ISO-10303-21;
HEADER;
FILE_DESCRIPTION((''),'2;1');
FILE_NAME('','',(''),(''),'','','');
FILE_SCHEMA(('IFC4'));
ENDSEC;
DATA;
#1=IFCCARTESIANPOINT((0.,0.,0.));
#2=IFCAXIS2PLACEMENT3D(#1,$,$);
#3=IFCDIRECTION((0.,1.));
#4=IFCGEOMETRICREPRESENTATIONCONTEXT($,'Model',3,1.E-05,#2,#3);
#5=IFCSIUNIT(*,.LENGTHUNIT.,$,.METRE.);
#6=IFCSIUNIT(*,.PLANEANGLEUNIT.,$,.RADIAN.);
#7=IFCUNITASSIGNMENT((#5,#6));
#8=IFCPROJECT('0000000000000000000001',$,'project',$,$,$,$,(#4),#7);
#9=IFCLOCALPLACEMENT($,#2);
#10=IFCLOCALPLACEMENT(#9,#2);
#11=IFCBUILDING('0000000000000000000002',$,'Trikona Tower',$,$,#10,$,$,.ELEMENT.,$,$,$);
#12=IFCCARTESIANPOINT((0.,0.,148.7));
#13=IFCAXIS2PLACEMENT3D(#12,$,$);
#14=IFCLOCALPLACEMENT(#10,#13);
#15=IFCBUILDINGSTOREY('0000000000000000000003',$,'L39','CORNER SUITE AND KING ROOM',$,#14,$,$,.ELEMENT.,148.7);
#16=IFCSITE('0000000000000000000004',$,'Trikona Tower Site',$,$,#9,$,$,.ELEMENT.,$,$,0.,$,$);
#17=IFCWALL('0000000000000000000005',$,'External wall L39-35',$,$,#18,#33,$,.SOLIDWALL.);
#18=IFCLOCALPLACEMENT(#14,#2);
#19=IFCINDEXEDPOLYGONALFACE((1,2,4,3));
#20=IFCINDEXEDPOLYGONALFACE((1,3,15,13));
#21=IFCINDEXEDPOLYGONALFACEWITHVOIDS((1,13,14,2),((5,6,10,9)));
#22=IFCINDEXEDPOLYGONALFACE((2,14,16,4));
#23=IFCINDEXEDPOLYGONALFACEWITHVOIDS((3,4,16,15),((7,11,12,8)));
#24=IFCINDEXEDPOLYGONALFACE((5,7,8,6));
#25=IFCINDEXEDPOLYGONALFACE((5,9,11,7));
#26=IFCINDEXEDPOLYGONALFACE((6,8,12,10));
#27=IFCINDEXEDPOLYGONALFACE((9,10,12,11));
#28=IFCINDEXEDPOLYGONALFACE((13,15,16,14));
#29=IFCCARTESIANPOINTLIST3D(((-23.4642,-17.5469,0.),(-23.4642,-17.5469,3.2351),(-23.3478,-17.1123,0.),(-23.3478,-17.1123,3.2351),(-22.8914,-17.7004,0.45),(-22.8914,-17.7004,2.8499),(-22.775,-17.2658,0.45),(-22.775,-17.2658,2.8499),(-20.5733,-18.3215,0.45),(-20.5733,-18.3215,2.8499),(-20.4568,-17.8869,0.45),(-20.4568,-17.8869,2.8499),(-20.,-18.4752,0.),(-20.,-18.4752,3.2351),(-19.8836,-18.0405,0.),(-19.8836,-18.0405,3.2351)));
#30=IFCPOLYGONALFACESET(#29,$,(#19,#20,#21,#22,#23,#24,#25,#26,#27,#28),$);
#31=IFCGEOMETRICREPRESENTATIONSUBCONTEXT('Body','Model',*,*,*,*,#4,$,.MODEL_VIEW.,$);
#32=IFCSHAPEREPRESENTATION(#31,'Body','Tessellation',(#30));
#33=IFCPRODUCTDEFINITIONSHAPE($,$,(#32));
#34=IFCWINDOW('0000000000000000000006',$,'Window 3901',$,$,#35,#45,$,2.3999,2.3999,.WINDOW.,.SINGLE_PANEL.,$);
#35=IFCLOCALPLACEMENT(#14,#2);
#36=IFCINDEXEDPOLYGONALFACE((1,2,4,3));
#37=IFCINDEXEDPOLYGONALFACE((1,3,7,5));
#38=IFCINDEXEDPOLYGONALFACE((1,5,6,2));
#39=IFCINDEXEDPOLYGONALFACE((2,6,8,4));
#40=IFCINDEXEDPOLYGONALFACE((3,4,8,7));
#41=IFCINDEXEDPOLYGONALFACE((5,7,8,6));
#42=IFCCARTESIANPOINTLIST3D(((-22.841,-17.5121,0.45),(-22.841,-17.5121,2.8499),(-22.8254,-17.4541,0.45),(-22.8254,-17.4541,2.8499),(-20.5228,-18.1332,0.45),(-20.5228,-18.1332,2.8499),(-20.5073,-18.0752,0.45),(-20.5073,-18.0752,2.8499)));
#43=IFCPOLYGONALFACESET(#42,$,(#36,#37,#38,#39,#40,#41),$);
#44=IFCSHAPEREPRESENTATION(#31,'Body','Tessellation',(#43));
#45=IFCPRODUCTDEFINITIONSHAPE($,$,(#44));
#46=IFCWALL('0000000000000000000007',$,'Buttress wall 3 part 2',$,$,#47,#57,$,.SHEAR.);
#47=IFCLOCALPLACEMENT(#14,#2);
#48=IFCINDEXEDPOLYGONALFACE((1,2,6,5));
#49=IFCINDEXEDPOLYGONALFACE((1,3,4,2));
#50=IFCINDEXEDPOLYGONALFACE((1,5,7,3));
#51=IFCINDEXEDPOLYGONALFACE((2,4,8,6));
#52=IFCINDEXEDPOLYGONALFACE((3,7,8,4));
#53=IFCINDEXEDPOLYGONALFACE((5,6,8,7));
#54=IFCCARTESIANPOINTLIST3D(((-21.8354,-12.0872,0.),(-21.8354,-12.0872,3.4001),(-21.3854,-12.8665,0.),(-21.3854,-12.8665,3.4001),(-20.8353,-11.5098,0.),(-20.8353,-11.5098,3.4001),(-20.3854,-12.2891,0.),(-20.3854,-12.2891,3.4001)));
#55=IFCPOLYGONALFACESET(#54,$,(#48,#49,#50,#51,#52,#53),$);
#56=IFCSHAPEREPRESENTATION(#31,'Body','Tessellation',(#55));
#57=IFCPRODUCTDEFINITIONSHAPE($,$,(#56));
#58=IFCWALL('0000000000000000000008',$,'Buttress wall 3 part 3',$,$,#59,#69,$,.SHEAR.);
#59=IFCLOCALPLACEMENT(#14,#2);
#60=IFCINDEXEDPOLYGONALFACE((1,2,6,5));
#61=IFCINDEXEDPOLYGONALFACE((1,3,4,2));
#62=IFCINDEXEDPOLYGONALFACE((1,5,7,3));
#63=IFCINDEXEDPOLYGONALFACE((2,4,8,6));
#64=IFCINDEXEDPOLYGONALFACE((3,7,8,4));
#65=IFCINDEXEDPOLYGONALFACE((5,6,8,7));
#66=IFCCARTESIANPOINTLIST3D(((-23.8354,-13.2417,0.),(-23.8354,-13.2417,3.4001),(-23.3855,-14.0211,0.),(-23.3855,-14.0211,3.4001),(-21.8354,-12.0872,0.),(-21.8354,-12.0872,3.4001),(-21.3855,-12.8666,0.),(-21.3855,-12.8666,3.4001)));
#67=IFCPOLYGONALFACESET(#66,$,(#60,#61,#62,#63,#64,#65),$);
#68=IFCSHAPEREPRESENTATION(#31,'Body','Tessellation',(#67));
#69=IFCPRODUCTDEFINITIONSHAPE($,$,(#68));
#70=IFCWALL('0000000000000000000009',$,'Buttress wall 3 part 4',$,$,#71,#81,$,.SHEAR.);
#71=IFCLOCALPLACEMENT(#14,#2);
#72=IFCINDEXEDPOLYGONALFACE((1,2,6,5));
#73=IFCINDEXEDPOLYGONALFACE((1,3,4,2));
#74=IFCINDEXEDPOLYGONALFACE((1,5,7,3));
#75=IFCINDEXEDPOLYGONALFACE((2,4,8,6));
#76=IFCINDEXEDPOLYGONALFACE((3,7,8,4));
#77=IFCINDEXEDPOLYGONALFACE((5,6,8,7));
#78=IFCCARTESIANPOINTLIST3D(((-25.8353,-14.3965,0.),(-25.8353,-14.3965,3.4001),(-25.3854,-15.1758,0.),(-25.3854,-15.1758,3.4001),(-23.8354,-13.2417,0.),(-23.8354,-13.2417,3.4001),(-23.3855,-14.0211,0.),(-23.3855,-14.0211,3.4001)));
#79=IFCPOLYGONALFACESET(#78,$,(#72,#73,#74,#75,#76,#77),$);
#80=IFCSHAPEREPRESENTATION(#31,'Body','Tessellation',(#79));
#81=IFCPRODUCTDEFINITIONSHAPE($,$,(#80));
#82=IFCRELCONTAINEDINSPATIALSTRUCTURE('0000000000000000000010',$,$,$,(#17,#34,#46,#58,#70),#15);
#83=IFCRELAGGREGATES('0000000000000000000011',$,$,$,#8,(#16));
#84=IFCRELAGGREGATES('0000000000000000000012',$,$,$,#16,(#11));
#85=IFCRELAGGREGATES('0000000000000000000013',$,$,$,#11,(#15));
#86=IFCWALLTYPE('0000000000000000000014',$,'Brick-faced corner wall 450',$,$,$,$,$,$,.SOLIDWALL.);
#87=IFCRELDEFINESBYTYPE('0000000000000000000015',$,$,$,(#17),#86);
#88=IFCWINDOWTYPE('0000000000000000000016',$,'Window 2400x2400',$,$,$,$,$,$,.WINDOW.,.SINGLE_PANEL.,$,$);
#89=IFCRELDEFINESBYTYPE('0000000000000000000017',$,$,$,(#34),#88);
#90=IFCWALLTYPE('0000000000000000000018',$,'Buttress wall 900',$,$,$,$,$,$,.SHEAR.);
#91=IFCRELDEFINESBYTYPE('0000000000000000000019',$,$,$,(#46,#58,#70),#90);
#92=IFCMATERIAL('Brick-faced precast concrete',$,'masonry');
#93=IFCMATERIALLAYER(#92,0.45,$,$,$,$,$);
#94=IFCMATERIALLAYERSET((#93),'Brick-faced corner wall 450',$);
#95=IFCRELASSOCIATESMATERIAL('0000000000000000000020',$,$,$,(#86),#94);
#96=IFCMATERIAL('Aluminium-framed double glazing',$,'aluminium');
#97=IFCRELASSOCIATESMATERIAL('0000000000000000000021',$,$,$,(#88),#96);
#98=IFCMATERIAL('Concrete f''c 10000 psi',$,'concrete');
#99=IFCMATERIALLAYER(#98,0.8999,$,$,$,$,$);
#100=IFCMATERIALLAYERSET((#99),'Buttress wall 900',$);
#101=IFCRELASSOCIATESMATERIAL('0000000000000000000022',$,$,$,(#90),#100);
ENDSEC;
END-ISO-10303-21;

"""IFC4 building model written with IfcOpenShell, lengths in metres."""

from ifc_helpers import new_model, si_unit, direction, frame, frame_2d, origin, place, context, subcontext, project, spatial, rectangle, extrude, material, layer, layer_set, type_object, element, fill, save


model = new_model("IFC4")

# Units and contexts
model_context = context("Model", 3, precision=1e-05, world=origin(), true_north=direction((0.0, 1.0)))
body_context = subcontext(model_context, "Body", "Model", "MODEL_VIEW")
ifc_project = project(units=[si_unit("LENGTHUNIT", "METRE"), si_unit("PLANEANGLEUNIT", "RADIAN")], contexts=[model_context])

# Site, building, storey
site_placement = place(None, origin())
site = spatial("IfcSite", under=ifc_project, at=site_placement, Name="Trikona Tower Site", CompositionType="ELEMENT", RefElevation=0.0)
building_placement = place(site_placement, origin())
building = spatial("IfcBuilding", under=site, at=building_placement, Name="Trikona Tower", CompositionType="ELEMENT")
storey_placement = place(building_placement, frame((0.0, 0.0, 148.7)))
storey = spatial("IfcBuildingStorey", under=building, at=storey_placement, Name="L39", Description="CORNER SUITE AND KING ROOM", CompositionType="ELEMENT", Elevation=148.7)

# Wall, opening, window
ifc_material_1 = material(Name="Brick-faced precast concrete", Category="masonry")
ifc_layer_1 = layer(ifc_material_1, 0.45)
ifc_layer_set_1 = layer_set([ifc_layer_1], Name="Brick-faced corner wall 450")
wall_type_1 = type_object("IfcWallType", Name="Brick-faced corner wall 450", PredefinedType="SOLIDWALL", material=ifc_layer_set_1)
wall_1_placement = place(storey_placement, frame((-23.406, -17.3296, 0.0), z_axis=(0.0, 0.0, 1.0), x_axis=(0.965925, -0.258823, 0.0)))
wall_1 = element("IfcWall", 1, at=wall_1_placement, inside=storey, type_object=wall_type_1, Name="External wall L39-35", PredefinedType="SOLIDWALL", context=body_context, shape_type="SweptSolid", body=[
    extrude(rectangle(XDim=3.5864, YDim=0.45, at=frame_2d((1.7932, 0.0))), origin(), (0.0, 0.0, 1.0), 3.2351),
])
opening_1_placement = place(wall_1_placement, frame((0.593, 0.0, 0.45)))
opening_1 = element("IfcOpeningElement", 2, at=opening_1_placement, cuts=wall_1, PredefinedType="OPENING", context=body_context, shape_type="SweptSolid", body=[
    extrude(rectangle(XDim=2.3999, YDim=2.3999, at=frame_2d((1.2, 1.2))), frame((0.0, 0.2349, 0.0), z_axis=(0.0, -1.0, 0.0), x_axis=(1.0, 0.0, 0.0)), (0.0, 0.0, 1.0), 0.47),
])
ifc_material_2 = material(Name="Aluminium-framed double glazing", Category="aluminium")
window_type_1 = type_object("IfcWindowType", Name="Window 2400x2400", PartitioningType="SINGLE_PANEL", PredefinedType="WINDOW", material=ifc_material_2)
window_1_placement = place(opening_1_placement, origin())
window_1 = element("IfcWindow", 3, at=window_1_placement, inside=storey, type_object=window_type_1, Name="Window 3901", OverallHeight=2.3999, OverallWidth=2.3999, PartitioningType="SINGLE_PANEL", PredefinedType="WINDOW", context=body_context, shape_type="SweptSolid", body=[
    extrude(rectangle(XDim=2.3999, YDim=2.3999, at=frame_2d((1.2, 1.2))), frame((0.0, 0.03, 0.0), z_axis=(0.0, -1.0, 0.0), x_axis=(1.0, 0.0, 0.0)), (0.0, 0.0, 1.0), 0.0601),
])
fill(opening_1, window_1)

# Walls
ifc_material_3 = material(Name="Concrete f'c 10000 psi", Category="concrete")
ifc_layer_2 = layer(ifc_material_3, 0.8999)
ifc_layer_set_2 = layer_set([ifc_layer_2], Name="Buttress wall 900")
wall_type_2 = type_object("IfcWallType", Name="Buttress wall 900", PredefinedType="SHEAR", material=ifc_layer_set_2)
wall_2_placement = place(storey_placement, frame((-20.6104, -11.8994, 0.0), z_axis=(0.0, 0.0, 1.0), x_axis=(-0.86601, -0.500027, 0.0)))
element("IfcWall", 4, at=wall_2_placement, inside=storey, type_object=wall_type_2, Name="Buttress wall 3 part 2", PredefinedType="SHEAR", context=body_context, shape_type="SweptSolid", body=[
    extrude(rectangle(XDim=1.1548, YDim=0.8999, at=frame_2d((0.5774, 0.0))), origin(), (0.0, 0.0, 1.0), 3.4001),
])
for number, where, z_axis, x_axis, name in (
    (5, (-21.6104, -12.4768, 0.0), (0.0, 0.0, 1.0), (-0.866055, -0.499948, 0.0), "Buttress wall 3 part 3"),
    (6, (-23.6104, -13.6313, 0.0), (0.0, 0.0, 1.0), (-0.86601, -0.500027, 0.0), "Buttress wall 3 part 4"),
):
    element("IfcWall", number, at=place(storey_placement, frame(where, z_axis=z_axis, x_axis=x_axis)), inside=storey, type_object=wall_type_2, Name=name, PredefinedType="SHEAR", context=body_context, shape_type="SweptSolid", body=[
        extrude(rectangle(XDim=2.3093, YDim=0.8999, at=frame_2d((1.1548, 0.0))), origin(), (0.0, 0.0, 1.0), 3.4001),
    ])

save(model, "model.ifc")
